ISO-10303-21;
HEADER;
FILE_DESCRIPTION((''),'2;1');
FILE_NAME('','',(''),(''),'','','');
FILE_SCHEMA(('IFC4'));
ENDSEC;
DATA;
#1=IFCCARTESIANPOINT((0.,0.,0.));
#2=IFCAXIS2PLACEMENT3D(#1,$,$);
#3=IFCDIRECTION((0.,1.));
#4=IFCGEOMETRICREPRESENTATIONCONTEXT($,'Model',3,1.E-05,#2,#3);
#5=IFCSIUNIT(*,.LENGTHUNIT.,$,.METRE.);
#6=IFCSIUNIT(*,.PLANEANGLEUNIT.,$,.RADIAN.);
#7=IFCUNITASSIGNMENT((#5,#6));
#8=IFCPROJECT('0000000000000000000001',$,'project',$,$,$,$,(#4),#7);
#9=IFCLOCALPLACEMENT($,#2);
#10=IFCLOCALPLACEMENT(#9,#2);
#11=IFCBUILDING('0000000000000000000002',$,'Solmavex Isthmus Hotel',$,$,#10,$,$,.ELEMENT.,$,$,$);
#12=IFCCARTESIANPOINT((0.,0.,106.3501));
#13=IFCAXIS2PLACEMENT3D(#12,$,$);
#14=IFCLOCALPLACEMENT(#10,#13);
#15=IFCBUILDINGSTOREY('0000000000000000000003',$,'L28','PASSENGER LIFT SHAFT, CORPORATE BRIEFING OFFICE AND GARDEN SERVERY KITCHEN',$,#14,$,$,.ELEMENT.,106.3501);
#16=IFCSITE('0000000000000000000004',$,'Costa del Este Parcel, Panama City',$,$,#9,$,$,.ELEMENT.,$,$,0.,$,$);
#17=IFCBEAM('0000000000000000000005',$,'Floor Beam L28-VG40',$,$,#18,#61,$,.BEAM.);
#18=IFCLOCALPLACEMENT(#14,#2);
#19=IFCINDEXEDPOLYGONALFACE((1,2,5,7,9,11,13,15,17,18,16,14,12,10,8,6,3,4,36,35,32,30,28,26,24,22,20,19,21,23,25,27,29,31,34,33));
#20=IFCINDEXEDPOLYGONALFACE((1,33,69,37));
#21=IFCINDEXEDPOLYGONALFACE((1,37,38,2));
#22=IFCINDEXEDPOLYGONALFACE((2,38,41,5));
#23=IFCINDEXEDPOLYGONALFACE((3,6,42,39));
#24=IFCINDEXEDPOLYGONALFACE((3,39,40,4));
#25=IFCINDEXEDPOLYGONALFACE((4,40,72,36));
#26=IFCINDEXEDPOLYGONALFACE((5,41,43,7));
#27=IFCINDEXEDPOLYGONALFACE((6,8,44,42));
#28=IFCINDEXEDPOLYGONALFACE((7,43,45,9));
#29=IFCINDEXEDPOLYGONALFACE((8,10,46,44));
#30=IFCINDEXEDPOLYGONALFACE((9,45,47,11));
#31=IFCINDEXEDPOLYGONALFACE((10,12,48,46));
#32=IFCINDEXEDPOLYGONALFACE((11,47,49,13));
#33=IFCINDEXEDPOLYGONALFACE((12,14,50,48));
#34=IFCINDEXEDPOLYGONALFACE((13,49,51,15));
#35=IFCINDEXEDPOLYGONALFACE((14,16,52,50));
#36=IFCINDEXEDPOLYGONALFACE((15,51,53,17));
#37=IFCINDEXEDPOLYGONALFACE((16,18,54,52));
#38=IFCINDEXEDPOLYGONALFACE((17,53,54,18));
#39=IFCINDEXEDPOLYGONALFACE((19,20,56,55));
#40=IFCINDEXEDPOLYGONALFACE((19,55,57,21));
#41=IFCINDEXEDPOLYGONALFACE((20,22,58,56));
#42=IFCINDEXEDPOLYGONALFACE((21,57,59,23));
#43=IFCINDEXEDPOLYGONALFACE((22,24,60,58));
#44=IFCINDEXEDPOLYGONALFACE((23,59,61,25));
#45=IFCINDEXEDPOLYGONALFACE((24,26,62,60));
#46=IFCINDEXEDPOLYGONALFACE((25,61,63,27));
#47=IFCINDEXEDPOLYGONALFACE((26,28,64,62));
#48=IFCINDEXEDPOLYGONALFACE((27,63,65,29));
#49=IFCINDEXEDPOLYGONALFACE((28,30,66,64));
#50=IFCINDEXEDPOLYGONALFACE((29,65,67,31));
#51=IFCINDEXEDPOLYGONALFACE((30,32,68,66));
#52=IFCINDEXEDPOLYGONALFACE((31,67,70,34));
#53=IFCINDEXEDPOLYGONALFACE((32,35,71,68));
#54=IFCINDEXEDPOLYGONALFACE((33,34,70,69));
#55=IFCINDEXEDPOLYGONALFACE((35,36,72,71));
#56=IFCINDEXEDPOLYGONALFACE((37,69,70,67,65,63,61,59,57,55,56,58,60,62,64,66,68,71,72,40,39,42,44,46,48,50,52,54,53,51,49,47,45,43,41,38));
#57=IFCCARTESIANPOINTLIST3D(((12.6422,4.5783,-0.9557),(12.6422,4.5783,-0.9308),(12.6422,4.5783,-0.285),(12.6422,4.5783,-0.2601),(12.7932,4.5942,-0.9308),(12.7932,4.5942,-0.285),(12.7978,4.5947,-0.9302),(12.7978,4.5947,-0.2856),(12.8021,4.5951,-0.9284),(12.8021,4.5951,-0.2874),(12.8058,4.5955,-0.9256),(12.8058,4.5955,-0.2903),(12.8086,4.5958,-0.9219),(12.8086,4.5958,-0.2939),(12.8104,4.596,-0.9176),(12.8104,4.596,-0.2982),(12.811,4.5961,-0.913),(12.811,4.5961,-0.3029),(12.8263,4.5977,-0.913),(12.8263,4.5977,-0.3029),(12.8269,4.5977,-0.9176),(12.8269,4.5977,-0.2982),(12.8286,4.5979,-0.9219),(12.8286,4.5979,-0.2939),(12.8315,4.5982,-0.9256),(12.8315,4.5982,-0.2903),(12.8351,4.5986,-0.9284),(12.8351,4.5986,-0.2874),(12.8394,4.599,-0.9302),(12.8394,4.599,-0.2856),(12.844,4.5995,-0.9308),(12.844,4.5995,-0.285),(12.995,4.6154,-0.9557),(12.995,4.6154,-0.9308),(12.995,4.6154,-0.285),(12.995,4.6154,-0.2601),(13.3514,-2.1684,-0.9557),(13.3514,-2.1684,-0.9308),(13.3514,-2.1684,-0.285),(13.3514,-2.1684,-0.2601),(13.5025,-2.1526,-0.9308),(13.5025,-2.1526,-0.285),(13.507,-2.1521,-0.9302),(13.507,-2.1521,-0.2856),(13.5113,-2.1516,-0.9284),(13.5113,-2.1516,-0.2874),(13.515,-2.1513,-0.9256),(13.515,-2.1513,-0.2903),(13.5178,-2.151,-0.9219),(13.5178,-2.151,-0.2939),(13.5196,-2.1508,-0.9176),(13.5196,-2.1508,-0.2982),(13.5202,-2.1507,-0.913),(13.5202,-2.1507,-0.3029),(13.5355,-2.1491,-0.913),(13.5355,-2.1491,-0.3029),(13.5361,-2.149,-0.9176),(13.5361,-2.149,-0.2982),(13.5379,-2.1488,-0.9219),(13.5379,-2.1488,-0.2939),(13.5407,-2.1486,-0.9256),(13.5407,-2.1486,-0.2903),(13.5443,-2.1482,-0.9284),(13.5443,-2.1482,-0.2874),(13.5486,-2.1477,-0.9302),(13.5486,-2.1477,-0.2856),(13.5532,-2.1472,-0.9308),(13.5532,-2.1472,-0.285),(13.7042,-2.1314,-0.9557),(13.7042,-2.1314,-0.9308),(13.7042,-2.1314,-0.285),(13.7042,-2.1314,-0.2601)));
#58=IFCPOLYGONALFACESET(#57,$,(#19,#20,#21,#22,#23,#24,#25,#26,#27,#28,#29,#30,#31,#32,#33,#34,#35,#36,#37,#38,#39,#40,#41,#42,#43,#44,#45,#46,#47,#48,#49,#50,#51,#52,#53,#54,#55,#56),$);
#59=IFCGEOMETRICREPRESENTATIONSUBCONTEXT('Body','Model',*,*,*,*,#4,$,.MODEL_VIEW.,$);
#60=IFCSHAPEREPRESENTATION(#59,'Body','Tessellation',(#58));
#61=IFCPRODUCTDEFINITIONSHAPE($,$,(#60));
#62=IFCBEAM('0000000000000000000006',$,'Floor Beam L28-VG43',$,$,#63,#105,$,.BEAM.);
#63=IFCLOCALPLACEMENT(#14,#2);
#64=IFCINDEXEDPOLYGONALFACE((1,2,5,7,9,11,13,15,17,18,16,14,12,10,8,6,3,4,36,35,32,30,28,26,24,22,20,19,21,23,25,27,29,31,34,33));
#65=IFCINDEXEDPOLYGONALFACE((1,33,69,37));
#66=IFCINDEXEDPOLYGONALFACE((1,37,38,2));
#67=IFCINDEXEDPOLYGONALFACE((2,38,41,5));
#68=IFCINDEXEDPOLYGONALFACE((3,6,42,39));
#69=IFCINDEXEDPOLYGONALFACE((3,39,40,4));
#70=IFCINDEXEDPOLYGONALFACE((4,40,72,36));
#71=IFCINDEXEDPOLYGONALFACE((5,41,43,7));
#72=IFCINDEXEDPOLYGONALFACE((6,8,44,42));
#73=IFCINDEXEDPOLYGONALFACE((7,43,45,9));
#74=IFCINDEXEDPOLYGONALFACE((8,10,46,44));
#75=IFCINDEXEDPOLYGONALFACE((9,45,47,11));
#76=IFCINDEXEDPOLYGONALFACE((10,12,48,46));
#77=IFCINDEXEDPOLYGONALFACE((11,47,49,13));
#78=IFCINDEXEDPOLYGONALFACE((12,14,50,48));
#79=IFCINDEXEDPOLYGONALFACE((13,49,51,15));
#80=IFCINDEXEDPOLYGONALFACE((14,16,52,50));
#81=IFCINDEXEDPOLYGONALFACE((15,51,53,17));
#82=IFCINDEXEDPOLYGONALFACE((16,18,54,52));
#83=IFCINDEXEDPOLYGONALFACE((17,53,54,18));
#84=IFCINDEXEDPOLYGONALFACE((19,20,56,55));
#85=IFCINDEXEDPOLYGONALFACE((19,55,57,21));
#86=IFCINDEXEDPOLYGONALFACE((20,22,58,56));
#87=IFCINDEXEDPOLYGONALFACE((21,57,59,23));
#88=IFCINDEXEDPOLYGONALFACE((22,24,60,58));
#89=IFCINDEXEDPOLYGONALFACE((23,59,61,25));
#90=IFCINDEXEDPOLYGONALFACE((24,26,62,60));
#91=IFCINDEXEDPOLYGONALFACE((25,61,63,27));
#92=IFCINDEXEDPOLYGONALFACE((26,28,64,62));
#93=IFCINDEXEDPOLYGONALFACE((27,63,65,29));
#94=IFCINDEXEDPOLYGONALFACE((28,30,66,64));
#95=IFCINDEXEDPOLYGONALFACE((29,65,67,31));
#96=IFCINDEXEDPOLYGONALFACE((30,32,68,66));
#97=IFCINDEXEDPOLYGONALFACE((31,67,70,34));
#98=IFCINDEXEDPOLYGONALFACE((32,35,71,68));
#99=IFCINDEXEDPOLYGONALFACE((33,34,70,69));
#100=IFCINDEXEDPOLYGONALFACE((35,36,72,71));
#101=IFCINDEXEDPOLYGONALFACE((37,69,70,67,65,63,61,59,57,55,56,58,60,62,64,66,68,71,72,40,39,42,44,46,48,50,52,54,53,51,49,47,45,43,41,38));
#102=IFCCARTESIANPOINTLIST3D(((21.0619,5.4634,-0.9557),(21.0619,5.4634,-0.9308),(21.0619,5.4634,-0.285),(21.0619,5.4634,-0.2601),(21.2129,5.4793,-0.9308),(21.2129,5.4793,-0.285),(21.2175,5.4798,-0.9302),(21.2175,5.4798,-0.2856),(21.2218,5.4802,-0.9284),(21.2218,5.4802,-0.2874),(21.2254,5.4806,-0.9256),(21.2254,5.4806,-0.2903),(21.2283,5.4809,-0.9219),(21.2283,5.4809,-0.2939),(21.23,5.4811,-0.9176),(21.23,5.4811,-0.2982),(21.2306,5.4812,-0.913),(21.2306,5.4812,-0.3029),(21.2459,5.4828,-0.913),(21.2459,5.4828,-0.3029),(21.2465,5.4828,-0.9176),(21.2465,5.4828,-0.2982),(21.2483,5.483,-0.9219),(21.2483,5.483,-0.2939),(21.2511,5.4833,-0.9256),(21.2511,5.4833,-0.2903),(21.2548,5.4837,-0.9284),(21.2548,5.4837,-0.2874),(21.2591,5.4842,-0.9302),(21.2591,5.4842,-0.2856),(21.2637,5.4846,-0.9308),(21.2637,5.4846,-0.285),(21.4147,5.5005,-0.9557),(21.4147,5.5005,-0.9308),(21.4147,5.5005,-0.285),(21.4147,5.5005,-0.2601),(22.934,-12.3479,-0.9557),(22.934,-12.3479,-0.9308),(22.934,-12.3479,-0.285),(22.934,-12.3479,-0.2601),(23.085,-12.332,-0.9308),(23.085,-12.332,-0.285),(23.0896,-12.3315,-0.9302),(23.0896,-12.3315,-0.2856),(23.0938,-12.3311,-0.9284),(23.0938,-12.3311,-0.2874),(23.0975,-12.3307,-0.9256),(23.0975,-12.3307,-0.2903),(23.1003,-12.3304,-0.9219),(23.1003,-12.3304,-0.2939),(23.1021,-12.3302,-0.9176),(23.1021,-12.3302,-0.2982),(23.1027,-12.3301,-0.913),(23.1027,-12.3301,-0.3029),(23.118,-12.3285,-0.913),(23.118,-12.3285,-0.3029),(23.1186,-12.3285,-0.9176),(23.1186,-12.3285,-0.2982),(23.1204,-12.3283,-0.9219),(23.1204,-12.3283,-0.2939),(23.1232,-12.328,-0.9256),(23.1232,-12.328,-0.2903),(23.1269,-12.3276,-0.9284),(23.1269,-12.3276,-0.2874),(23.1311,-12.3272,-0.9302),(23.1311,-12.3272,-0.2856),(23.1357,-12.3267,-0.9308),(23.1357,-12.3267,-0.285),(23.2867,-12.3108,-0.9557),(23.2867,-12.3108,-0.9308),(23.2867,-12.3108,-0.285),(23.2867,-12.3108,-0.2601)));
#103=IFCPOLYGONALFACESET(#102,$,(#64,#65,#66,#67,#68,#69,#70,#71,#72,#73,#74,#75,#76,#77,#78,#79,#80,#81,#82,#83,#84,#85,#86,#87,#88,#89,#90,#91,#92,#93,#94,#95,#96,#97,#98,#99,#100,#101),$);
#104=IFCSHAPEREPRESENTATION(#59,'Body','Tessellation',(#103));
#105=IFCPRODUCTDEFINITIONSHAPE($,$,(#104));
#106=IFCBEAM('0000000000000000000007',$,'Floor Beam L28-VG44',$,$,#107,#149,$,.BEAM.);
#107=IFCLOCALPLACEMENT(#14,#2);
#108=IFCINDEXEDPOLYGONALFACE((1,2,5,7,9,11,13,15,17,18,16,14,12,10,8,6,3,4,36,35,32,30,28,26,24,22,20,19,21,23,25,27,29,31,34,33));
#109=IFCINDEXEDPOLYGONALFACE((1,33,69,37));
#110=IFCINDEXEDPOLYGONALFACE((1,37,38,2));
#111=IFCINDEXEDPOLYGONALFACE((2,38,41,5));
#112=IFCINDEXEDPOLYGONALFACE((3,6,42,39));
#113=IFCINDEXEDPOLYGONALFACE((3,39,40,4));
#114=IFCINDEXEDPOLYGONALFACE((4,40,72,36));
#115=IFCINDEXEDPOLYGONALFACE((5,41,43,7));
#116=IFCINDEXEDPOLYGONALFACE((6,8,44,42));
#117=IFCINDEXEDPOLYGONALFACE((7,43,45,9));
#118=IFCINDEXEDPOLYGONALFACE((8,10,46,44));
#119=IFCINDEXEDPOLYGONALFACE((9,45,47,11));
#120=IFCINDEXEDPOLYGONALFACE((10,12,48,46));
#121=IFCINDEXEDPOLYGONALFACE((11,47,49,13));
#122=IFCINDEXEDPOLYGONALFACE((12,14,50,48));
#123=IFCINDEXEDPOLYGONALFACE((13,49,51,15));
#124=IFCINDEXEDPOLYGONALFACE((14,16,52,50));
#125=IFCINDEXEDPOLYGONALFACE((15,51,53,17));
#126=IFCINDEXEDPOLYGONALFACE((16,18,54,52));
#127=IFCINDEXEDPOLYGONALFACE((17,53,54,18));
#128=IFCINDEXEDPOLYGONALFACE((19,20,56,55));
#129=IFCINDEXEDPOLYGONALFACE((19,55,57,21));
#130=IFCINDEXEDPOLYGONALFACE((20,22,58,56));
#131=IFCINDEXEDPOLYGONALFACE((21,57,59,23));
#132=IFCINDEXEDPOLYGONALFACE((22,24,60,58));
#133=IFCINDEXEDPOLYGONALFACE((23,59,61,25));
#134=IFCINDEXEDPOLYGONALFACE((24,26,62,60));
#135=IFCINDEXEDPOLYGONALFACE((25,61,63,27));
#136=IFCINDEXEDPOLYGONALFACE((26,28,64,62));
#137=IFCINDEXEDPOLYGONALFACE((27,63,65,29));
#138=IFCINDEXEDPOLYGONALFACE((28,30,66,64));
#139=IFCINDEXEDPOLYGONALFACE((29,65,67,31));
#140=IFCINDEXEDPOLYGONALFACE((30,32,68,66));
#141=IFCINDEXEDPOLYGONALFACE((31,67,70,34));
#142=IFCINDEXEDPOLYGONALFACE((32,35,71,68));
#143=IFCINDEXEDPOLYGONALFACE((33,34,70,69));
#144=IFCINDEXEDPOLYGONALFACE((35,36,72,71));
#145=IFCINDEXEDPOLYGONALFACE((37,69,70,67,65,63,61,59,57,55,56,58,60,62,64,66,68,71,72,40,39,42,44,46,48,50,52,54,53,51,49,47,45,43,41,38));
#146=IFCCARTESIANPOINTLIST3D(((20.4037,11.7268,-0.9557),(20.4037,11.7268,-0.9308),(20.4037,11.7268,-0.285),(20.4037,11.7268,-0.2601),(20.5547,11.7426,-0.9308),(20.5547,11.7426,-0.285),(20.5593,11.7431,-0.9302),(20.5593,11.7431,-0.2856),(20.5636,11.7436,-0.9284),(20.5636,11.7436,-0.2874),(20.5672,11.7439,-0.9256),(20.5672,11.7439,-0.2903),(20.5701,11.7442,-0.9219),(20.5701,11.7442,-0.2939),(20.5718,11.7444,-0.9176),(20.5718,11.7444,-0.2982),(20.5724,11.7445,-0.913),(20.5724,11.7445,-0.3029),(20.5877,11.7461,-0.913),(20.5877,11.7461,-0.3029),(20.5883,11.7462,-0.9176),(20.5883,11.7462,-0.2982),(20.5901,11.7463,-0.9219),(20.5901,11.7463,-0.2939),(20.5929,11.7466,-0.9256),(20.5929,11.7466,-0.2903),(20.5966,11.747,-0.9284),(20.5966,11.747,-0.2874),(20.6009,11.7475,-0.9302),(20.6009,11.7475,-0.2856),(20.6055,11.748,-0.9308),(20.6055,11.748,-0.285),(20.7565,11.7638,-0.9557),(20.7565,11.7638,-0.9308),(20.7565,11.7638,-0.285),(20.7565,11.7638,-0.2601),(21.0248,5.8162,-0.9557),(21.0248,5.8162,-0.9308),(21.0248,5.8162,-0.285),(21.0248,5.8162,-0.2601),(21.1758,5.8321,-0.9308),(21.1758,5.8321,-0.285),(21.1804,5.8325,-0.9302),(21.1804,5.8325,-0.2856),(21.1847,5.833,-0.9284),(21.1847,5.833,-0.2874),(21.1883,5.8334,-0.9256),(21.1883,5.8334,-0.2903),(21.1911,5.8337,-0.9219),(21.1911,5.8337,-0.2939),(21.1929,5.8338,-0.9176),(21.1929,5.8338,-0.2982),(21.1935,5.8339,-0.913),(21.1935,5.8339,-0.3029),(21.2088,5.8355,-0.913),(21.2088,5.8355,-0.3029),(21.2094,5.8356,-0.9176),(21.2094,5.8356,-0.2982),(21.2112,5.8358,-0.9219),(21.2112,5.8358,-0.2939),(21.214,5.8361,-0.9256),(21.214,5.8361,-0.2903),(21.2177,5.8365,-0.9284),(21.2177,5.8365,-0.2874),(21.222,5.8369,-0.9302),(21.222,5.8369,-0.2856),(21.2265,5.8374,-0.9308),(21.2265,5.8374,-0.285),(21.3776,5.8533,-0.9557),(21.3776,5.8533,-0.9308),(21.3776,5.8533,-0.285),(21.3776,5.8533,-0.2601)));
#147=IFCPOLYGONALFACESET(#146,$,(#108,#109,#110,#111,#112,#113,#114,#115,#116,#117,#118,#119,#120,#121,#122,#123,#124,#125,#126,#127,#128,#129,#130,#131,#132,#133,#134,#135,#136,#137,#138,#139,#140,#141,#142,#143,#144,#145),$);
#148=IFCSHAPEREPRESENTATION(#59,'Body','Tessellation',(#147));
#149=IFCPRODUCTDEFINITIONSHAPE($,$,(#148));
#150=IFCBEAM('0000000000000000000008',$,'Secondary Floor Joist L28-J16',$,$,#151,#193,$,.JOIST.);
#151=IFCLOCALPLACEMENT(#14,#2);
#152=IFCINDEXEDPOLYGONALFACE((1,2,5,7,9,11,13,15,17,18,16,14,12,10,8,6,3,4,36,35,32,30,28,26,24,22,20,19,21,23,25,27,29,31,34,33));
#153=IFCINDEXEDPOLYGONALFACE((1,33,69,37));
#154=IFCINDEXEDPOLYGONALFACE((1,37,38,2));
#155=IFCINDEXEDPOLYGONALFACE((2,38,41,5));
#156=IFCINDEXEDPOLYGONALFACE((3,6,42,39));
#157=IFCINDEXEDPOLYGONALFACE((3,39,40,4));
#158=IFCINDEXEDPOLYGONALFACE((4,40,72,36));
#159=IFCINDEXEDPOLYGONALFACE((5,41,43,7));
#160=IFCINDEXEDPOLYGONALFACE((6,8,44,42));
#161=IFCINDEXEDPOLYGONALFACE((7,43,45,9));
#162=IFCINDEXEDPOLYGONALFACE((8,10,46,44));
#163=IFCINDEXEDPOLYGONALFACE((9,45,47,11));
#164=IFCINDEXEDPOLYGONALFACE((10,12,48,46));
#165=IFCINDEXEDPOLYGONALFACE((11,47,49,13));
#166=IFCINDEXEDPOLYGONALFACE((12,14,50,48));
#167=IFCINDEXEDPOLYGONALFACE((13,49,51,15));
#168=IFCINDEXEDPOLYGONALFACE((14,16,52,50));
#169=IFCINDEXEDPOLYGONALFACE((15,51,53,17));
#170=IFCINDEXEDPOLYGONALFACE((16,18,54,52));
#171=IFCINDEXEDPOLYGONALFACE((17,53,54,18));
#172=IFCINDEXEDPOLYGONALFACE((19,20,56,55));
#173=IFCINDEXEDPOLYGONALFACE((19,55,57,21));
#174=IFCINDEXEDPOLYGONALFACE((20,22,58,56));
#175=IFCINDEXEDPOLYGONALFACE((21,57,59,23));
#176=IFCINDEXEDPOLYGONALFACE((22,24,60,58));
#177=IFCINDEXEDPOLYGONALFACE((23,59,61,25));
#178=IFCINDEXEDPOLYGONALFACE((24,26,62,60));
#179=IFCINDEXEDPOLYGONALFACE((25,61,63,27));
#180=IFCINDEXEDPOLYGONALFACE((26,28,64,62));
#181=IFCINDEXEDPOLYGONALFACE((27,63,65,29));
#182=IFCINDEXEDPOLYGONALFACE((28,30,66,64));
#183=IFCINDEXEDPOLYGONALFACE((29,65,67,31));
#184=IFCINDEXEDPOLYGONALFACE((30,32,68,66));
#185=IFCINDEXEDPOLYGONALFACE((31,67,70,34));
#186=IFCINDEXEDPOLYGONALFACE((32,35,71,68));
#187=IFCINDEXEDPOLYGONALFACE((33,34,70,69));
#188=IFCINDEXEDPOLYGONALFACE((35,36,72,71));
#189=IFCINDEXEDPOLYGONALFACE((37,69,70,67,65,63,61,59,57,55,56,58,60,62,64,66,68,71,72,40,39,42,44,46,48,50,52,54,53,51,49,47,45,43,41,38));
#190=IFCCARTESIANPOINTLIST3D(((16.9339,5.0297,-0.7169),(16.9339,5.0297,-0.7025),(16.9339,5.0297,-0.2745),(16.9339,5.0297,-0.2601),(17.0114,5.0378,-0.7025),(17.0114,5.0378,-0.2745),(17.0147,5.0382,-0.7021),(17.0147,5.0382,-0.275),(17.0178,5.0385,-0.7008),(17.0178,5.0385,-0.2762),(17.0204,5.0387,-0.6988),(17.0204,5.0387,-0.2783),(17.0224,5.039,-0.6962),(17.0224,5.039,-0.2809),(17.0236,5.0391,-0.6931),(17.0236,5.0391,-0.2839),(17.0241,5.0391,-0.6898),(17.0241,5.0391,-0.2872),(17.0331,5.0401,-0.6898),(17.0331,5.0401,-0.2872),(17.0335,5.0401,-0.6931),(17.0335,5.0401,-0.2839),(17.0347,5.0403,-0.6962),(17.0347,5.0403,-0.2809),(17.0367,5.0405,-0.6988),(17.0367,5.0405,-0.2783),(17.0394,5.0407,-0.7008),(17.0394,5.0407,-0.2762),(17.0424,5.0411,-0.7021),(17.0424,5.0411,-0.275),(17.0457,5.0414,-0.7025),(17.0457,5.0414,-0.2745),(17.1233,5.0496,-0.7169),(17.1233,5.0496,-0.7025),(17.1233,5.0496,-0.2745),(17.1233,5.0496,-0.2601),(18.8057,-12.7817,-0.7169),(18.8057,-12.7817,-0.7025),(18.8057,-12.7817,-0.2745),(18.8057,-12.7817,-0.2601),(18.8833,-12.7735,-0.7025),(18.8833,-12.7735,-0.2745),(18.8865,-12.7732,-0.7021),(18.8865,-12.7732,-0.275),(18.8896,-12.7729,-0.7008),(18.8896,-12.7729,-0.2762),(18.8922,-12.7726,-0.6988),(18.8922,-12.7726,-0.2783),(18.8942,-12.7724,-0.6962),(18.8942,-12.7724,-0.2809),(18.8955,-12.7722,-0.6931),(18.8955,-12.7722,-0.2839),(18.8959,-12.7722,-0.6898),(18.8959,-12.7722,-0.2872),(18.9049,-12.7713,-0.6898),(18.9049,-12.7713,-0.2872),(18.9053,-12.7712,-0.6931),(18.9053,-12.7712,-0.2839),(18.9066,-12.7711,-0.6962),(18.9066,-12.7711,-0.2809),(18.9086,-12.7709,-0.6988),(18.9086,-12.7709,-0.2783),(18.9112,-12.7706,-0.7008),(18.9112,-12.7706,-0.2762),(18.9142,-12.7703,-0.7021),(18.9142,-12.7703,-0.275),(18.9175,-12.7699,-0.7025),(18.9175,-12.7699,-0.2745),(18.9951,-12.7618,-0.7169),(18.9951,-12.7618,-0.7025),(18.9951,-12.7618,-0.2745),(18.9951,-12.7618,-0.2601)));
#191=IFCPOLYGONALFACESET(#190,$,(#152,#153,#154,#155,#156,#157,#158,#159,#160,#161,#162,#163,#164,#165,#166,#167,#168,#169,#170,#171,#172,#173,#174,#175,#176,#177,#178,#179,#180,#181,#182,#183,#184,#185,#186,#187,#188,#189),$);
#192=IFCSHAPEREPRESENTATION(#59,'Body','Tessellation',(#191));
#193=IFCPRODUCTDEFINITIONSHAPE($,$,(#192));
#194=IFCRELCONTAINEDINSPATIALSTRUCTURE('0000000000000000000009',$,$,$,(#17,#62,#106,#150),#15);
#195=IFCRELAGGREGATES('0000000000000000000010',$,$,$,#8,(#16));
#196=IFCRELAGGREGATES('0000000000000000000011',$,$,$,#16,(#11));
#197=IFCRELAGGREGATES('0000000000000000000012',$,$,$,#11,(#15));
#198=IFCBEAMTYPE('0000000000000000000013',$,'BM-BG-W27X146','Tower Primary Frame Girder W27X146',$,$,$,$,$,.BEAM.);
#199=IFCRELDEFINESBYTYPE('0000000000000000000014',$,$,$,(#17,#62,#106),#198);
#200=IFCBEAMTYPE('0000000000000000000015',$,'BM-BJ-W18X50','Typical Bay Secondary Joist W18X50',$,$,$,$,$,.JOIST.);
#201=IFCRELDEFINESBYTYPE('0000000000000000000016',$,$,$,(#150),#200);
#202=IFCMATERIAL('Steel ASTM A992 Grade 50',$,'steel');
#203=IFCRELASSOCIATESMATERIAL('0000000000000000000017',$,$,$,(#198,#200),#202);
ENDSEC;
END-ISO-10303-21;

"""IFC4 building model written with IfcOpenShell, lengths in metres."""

from ifc_helpers import new_model, si_unit, direction, frame, origin, origin_2d, place, context, subcontext, project, spatial, i_section, extrude, material, material_profile, profile_set, type_object, element, save


model = new_model("IFC4")

# Units and contexts
model_context = context("Model", 3, precision=1e-05, world=origin(), true_north=direction((0.0, 1.0)))
body_context = subcontext(model_context, "Body", "Model", "MODEL_VIEW")
ifc_project = project(units=[si_unit("LENGTHUNIT", "METRE"), si_unit("PLANEANGLEUNIT", "RADIAN")], contexts=[model_context])

# Site, building, storey
site_placement = place(None, origin())
site = spatial("IfcSite", under=ifc_project, at=site_placement, Name="Costa del Este Parcel, Panama City", CompositionType="ELEMENT", RefElevation=0.0)
building_placement = place(site_placement, origin())
building = spatial("IfcBuilding", under=site, at=building_placement, Name="Solmavex Isthmus Hotel", CompositionType="ELEMENT")
storey_placement = place(building_placement, frame((0.0, 0.0, 106.3501)))
storey = spatial("IfcBuildingStorey", under=building, at=storey_placement, Name="L28", Description="PASSENGER LIFT SHAFT, CORPORATE BRIEFING OFFICE AND GARDEN SERVERY KITCHEN", CompositionType="ELEMENT", Elevation=106.3501)

# Beams
ifc_material_1 = material(Name="Steel ASTM A992 Grade 50", Category="steel")
ifc_material_profile_1 = material_profile(ifc_material_1, i_section(OverallWidth=0.3547, OverallDepth=0.6956, WebThickness=0.0154, FlangeThickness=0.0249, FilletRadius=0.0178, at=origin_2d()), Name="W27X146")
ifc_profile_set_1 = profile_set([ifc_material_profile_1], Name="Steel ASTM A992 Grade 50")
beam_type_1 = type_object("IfcBeamType", Name="BM-BG-W27X146", Description="Tower Primary Frame Girder W27X146", PredefinedType="BEAM", material=ifc_profile_set_1)
beam_1_placement = place(storey_placement, frame((13.5278, -2.1499, -0.6079), z_axis=(-0.104544, 0.99452, 0.0), x_axis=(-0.99452, -0.104544, 0.0)))
element("IfcBeam", 1, at=beam_1_placement, inside=storey, type_object=beam_type_1, Name="Floor Beam L28-VG40", PredefinedType="BEAM", context=body_context, shape_type="SweptSolid", body=[
    extrude(i_section(OverallWidth=0.3547, OverallDepth=0.6956, WebThickness=0.0154, FlangeThickness=0.0249, FilletRadius=0.0178, at=origin_2d()), origin(), (0.0, 0.0, 1.0), 6.7839),
])
beam_2_placement = place(storey_placement, frame((23.1104, -12.3293, -0.6079), z_axis=(-0.10453, 0.994522, 0.0), x_axis=(-0.994522, -0.10453, 0.0)))
element("IfcBeam", 2, at=beam_2_placement, inside=storey, type_object=beam_type_1, Name="Floor Beam L28-VG43", PredefinedType="BEAM", context=body_context, shape_type="SweptSolid", body=[
    extrude(i_section(OverallWidth=0.3547, OverallDepth=0.6956, WebThickness=0.0154, FlangeThickness=0.0249, FilletRadius=0.0178, at=origin_2d()), origin(), (0.0, 0.0, 1.0), 17.9094),
])
beam_3_placement = place(storey_placement, frame((21.2012, 5.8347, -0.6079), z_axis=(-0.104505, 0.994524, 0.0), x_axis=(-0.994524, -0.104505, 0.0)))
element("IfcBeam", 3, at=beam_3_placement, inside=storey, type_object=beam_type_1, Name="Floor Beam L28-VG44", PredefinedType="BEAM", context=body_context, shape_type="SweptSolid", body=[
    extrude(i_section(OverallWidth=0.3547, OverallDepth=0.6956, WebThickness=0.0154, FlangeThickness=0.0249, FilletRadius=0.0178, at=origin_2d()), origin(), (0.0, 0.0, 1.0), 5.9431),
])
ifc_material_profile_2 = material_profile(ifc_material_1, i_section(OverallWidth=0.1904, OverallDepth=0.4568, WebThickness=0.009, FlangeThickness=0.0144, FilletRadius=0.0127, at=origin_2d()), Name="W18X50")
ifc_profile_set_2 = profile_set([ifc_material_profile_2], Name="Steel ASTM A992 Grade 50")
beam_type_2 = type_object("IfcBeamType", Name="BM-BJ-W18X50", Description="Typical Bay Secondary Joist W18X50", PredefinedType="JOIST", material=ifc_profile_set_2)
beam_4_placement = place(storey_placement, frame((18.9004, -12.7717, -0.4885), z_axis=(-0.104517, 0.994523, 0.0), x_axis=(-0.994523, -0.104517, 0.0)))
element("IfcBeam", 4, at=beam_4_placement, inside=storey, type_object=beam_type_2, Name="Secondary Floor Joist L28-J16", PredefinedType="JOIST", context=body_context, shape_type="SweptSolid", body=[
    extrude(i_section(OverallWidth=0.1904, OverallDepth=0.4568, WebThickness=0.009, FlangeThickness=0.0144, FilletRadius=0.0127, at=origin_2d()), origin(), (0.0, 0.0, 1.0), 17.9094),
])

save(model, "model.ifc")
